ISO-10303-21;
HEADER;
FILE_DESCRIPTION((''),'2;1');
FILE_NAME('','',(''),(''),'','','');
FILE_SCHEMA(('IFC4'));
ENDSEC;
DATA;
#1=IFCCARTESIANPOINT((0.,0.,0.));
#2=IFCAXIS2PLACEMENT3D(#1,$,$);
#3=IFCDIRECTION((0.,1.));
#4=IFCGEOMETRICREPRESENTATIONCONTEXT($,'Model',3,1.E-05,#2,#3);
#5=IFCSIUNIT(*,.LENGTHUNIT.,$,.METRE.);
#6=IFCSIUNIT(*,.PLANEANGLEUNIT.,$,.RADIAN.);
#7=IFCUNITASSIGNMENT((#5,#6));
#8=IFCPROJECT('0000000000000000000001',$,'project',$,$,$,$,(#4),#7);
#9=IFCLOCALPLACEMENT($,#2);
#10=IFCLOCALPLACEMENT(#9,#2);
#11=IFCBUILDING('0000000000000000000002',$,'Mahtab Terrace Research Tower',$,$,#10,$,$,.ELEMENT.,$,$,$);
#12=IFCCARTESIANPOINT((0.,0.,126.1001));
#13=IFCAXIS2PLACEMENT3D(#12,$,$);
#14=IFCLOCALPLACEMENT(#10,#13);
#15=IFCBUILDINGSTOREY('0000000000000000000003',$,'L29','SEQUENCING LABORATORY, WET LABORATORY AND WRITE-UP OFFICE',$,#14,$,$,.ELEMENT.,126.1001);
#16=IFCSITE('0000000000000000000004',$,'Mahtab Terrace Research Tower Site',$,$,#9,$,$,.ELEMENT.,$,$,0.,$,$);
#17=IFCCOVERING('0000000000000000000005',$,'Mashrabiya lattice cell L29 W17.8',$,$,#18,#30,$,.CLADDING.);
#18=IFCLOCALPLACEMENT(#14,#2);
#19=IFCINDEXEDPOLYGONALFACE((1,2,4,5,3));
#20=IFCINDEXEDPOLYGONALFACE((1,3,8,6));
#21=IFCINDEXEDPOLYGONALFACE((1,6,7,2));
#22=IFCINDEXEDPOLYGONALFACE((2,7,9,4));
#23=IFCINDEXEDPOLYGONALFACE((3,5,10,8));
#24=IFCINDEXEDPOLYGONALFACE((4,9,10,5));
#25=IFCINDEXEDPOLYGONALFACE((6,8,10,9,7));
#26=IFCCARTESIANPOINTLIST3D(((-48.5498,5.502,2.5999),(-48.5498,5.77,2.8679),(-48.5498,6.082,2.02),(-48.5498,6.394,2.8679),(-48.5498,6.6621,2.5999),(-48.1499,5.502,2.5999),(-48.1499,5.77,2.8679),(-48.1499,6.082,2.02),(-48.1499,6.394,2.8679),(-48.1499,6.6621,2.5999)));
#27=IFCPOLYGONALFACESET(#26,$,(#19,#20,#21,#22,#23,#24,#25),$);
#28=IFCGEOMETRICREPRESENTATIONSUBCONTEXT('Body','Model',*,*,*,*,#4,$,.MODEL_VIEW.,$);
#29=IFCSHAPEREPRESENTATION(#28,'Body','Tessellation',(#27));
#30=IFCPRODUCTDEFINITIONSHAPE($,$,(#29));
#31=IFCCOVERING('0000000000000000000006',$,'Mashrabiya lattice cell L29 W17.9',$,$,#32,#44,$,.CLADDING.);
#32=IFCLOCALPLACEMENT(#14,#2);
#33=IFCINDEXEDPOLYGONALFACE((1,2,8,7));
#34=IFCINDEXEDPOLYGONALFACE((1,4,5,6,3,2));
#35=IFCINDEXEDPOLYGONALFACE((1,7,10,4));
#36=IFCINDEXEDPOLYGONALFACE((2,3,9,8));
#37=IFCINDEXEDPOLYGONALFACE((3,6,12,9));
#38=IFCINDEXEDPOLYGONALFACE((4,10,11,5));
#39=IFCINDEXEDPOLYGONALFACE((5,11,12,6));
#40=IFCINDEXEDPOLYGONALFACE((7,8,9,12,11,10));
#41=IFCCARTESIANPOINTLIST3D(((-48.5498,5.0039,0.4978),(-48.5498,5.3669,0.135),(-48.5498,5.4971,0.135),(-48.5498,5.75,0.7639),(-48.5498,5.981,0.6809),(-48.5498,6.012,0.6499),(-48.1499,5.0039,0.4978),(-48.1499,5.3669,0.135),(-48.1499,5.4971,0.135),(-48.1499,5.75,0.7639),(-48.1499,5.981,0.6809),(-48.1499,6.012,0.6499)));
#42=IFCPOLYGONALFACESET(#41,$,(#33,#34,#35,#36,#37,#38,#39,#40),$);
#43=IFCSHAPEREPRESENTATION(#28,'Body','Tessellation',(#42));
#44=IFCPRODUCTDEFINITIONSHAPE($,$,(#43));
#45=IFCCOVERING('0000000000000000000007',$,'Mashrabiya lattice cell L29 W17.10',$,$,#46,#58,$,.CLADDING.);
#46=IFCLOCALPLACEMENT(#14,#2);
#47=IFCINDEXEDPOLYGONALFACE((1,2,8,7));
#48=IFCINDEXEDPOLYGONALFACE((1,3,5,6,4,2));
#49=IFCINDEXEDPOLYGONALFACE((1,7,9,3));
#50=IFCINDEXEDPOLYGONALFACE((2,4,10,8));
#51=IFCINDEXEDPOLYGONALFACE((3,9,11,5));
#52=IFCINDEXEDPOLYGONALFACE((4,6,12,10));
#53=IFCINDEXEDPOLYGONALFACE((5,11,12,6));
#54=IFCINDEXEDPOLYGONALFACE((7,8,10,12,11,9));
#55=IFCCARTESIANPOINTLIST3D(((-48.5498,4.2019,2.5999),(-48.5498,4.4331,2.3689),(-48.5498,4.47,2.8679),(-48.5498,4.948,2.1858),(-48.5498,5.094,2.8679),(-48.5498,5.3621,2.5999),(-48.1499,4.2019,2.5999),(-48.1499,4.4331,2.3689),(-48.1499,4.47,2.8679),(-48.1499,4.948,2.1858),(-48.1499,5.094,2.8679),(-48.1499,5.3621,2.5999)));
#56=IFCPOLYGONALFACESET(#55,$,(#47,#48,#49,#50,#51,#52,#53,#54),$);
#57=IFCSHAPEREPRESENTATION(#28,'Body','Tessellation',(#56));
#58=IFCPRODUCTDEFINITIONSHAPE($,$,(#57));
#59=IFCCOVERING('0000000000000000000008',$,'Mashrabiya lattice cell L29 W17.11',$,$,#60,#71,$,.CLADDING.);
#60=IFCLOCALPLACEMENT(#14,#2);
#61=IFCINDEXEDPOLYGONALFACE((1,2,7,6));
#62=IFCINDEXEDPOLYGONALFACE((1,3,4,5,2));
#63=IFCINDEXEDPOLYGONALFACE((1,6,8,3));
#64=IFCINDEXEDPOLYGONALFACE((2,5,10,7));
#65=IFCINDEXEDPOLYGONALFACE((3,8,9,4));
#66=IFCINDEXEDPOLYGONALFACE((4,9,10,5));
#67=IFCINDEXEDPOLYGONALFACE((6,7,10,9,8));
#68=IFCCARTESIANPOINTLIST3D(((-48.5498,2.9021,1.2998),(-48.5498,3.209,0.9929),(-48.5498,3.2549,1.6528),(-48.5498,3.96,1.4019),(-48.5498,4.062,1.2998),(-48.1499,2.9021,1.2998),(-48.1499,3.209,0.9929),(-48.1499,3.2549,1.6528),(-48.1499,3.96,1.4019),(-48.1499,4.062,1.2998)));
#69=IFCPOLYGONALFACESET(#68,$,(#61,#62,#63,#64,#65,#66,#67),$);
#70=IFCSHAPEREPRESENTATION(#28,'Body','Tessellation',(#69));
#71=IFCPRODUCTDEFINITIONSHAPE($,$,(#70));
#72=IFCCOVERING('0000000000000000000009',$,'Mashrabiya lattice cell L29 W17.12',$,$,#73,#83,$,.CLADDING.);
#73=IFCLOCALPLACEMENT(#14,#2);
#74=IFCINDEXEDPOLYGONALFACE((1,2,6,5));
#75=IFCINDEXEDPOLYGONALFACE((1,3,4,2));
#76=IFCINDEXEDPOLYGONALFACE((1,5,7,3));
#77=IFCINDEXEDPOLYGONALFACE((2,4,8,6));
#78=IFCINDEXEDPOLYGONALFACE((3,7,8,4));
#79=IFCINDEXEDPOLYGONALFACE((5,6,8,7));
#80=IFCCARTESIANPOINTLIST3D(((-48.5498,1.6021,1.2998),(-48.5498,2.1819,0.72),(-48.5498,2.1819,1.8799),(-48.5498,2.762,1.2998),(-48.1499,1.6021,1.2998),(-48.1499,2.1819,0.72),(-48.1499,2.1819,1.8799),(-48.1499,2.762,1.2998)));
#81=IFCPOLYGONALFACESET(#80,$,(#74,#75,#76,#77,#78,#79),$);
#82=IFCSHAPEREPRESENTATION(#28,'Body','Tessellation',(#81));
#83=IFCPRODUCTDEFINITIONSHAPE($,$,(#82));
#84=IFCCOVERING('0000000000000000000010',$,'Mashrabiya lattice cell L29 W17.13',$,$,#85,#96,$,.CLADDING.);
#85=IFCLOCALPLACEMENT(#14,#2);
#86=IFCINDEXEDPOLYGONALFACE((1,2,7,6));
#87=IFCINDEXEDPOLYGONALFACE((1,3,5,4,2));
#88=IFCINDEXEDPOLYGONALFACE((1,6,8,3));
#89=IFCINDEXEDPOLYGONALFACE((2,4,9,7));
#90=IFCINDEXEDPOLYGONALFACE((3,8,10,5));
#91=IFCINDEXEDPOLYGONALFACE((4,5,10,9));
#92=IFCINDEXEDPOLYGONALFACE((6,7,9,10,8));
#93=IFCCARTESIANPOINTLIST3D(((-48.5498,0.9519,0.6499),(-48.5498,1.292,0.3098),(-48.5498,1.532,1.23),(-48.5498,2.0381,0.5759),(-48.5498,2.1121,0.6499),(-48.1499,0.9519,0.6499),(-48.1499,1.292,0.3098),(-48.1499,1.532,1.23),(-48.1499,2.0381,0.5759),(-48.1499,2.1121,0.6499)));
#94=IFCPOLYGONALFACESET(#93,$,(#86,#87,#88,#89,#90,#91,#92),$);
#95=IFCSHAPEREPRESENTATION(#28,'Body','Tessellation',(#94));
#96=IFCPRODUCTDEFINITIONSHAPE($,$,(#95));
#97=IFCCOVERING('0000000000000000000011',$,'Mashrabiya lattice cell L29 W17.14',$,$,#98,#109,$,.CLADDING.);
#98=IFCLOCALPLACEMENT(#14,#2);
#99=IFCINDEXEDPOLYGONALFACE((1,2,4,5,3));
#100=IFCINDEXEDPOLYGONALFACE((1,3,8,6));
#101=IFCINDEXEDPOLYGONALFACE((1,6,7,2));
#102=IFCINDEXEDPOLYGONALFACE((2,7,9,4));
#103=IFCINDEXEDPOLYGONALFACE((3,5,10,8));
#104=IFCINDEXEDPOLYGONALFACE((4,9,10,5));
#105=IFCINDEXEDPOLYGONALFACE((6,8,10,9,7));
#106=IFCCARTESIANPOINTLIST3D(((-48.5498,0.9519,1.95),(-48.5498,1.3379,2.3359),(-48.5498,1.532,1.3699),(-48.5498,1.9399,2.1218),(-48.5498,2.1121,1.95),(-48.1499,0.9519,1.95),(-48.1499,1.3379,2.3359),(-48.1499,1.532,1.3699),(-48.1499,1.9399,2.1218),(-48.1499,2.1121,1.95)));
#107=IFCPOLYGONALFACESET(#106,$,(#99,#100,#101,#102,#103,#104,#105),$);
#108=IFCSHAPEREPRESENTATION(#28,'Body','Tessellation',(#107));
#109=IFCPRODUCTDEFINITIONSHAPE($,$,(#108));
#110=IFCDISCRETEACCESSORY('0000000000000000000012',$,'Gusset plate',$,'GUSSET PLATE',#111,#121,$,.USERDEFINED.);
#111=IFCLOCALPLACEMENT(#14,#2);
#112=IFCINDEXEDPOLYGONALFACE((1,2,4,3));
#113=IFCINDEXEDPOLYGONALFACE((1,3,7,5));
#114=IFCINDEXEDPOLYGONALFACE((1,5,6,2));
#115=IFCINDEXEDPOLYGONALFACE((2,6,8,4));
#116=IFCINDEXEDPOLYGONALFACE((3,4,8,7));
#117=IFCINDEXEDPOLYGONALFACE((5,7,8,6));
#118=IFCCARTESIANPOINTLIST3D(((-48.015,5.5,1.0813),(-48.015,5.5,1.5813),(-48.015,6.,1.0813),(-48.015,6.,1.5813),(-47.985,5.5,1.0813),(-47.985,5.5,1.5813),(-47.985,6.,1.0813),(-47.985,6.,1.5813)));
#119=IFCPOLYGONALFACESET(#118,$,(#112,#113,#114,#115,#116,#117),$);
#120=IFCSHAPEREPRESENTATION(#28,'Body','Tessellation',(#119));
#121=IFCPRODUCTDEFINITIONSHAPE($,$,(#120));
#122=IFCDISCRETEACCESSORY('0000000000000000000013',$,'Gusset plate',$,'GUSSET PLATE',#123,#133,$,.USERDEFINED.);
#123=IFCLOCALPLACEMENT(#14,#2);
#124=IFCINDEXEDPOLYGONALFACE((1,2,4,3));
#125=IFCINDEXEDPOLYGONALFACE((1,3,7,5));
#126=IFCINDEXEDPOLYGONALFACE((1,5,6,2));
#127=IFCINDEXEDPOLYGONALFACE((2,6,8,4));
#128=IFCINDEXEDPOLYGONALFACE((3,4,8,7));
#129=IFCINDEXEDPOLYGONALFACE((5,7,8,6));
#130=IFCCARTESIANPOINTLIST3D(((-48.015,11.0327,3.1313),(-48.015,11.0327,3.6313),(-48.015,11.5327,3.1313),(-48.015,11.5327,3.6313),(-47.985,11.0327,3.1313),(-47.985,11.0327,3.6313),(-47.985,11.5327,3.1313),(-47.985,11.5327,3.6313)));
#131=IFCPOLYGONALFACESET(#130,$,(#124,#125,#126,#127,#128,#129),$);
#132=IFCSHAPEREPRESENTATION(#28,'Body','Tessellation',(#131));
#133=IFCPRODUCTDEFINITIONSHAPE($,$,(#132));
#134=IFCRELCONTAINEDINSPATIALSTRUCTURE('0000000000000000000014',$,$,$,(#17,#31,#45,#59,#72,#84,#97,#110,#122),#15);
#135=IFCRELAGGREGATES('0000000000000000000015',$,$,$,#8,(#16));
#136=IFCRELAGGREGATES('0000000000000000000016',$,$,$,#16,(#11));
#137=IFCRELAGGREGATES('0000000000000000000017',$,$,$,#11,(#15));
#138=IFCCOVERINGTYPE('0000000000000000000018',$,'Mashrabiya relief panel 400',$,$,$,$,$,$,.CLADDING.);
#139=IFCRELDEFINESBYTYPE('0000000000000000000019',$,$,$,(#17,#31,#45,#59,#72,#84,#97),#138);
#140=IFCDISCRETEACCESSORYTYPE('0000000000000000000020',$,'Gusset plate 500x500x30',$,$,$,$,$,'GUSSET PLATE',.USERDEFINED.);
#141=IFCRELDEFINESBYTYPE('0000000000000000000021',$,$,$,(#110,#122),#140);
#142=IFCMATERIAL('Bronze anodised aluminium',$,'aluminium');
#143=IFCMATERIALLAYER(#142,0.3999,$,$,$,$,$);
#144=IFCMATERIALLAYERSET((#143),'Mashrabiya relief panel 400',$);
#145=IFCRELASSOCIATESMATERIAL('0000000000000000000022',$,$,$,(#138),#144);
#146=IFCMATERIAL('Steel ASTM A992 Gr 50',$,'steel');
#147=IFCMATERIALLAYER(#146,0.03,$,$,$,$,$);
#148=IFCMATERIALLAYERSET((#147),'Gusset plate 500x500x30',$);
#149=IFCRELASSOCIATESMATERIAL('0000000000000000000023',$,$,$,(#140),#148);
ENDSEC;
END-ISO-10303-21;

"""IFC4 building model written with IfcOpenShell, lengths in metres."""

from ifc_helpers import new_model, si_unit, direction, frame, origin, origin_2d, place, context, subcontext, project, spatial, polyline, rectangle, outline, extrude, material, layer, layer_set, type_object, element, save


model = new_model("IFC4")

# Units and contexts
model_context = context("Model", 3, precision=1e-05, world=origin(), true_north=direction((0.0, 1.0)))
body_context = subcontext(model_context, "Body", "Model", "MODEL_VIEW")
ifc_project = project(units=[si_unit("LENGTHUNIT", "METRE"), si_unit("PLANEANGLEUNIT", "RADIAN")], contexts=[model_context])

# Site, building, storey
site_placement = place(None, origin())
site = spatial("IfcSite", under=ifc_project, at=site_placement, Name="Mahtab Terrace Research Tower Site", CompositionType="ELEMENT", RefElevation=0.0)
building_placement = place(site_placement, origin())
building = spatial("IfcBuilding", under=site, at=building_placement, Name="Mahtab Terrace Research Tower", CompositionType="ELEMENT")
storey_placement = place(building_placement, frame((0.0, 0.0, 126.1001)))
storey = spatial("IfcBuildingStorey", under=building, at=storey_placement, Name="L29", Description="SEQUENCING LABORATORY, WET LABORATORY AND WRITE-UP OFFICE", CompositionType="ELEMENT", Elevation=126.1001)

# Shared definitions
ifc_material_1 = material(Name="Steel ASTM A992 Gr 50", Category="steel")

# Coverings
ifc_material_2 = material(Name="Bronze anodised aluminium", Category="aluminium")
ifc_layer_1 = layer(ifc_material_2, 0.3999)
ifc_layer_set_1 = layer_set([ifc_layer_1], Name="Mashrabiya relief panel 400")
covering_type = type_object("IfcCoveringType", Name="Mashrabiya relief panel 400", PredefinedType="CLADDING", material=ifc_layer_set_1)
covering_1_placement = place(storey_placement, frame((-48.1499, 5.502, 2.5999), z_axis=(1.0, 0.0, 0.0), x_axis=(0.0, 0.707256, -0.706958)))
element("IfcCovering", 1, at=covering_1_placement, inside=storey, type_object=covering_type, Name="Mashrabiya lattice cell L29 W17.8", PredefinedType="CLADDING", context=body_context, shape_type="SweptSolid", body=[
    extrude(outline(polyline([(0.0, 0.0), (0.8202, 0.0), (0.8205, 0.8202), (0.4414, 0.8203), (0.0001, 0.3791), (0.0, 0.0)])), origin(), (0.0, 0.0, -1.0), 0.3999),
])
covering_2_placement = place(storey_placement, frame((-48.1499, 6.012, 0.6499), z_axis=(1.0, 0.0, 0.0), x_axis=(0.0, -0.707107, 0.707107)))
element("IfcCovering", 2, at=covering_2_placement, inside=storey, type_object=covering_type, Name="Mashrabiya lattice cell L29 W17.9", PredefinedType="CLADDING", context=body_context, shape_type="SweptSolid", body=[
    extrude(outline(polyline([(0.0, 0.0), (0.0438, 0.0), (0.2659, 0.1046), (0.6053, 0.8204), (0.092, 0.8202), (0.0, 0.7282), (0.0, 0.0)])), origin(), (0.0, 0.0, -1.0), 0.3999),
])
covering_3_placement = place(storey_placement, frame((-48.1499, 5.3621, 2.5999), z_axis=(1.0, 0.0, 0.0), x_axis=(0.0, -0.707107, 0.707107)))
element("IfcCovering", 3, at=covering_3_placement, inside=storey, type_object=covering_type, Name="Mashrabiya lattice cell L29 W17.10", PredefinedType="CLADDING", context=body_context, shape_type="SweptSolid", body=[
    extrude(outline(polyline([(0.0, 0.0), (0.3791, 0.0), (0.8204, 0.4413), (0.8204, 0.8204), (0.4936, 0.8202), (0.0, 0.5856), (0.0, 0.0)])), origin(), (0.0, 0.0, -1.0), 0.3999),
])
covering_4_placement = place(storey_placement, frame((-48.1499, 4.062, 1.2998), z_axis=(1.0, 0.0, 0.0), x_axis=(0.0, -0.707107, 0.707107)))
element("IfcCovering", 4, at=covering_4_placement, inside=storey, type_object=covering_type, Name="Mashrabiya lattice cell L29 W17.11", PredefinedType="CLADDING", context=body_context, shape_type="SweptSolid", body=[
    extrude(outline(polyline([(0.0, 0.0), (0.1443, 0.0), (0.8204, 0.3211), (0.8202, 0.8202), (0.3862, 0.8202), (0.0, 0.0)])), origin(), (0.0, 0.0, -1.0), 0.3999),
])
covering_5_placement = place(storey_placement, frame((-48.1499, 2.1819, 1.8799), z_axis=(1.0, 0.0, 0.0), x_axis=(0.0, -0.706958, -0.707256)))
element("IfcCovering", 5, at=covering_5_placement, inside=storey, type_object=covering_type, Name="Mashrabiya lattice cell L29 W17.12", PredefinedType="CLADDING", context=body_context, shape_type="SweptSolid", body=[
    extrude(outline(polyline([(0.0, 0.0), (0.8202, 0.0), (0.8204, 0.82), (0.0002, 0.8204), (0.0, 0.0)])), origin(), (0.0, 0.0, -1.0), 0.3999),
])
covering_6_placement = place(storey_placement, frame((-48.1499, 2.1121, 0.6499), z_axis=(1.0, 0.0, 0.0), x_axis=(0.0, -0.707107, 0.707107)))
element("IfcCovering", 6, at=covering_6_placement, inside=storey, type_object=covering_type, Name="Mashrabiya lattice cell L29 W17.13", PredefinedType="CLADDING", context=body_context, shape_type="SweptSolid", body=[
    extrude(outline(polyline([(0.0, 0.0), (0.8204, 0.0), (0.8204, 0.8204), (0.3394, 0.8204), (0.0, 0.1046), (0.0, 0.0)])), origin(), (0.0, 0.0, -1.0), 0.3999),
])
covering_7_placement = place(storey_placement, frame((-48.1499, 0.9519, 1.95), z_axis=(1.0, 0.0, 0.0), x_axis=(0.0, 0.707107, -0.707107)))
element("IfcCovering", 7, at=covering_7_placement, inside=storey, type_object=covering_type, Name="Mashrabiya lattice cell L29 W17.14", PredefinedType="CLADDING", context=body_context, shape_type="SweptSolid", body=[
    extrude(outline(polyline([(0.0, 0.0), (0.8204, 0.0), (0.8204, 0.8204), (0.5771, 0.8202), (0.0, 0.5459), (0.0, 0.0)])), origin(), (0.0, 0.0, -1.0), 0.3999),
])

# Discrete accessories
ifc_layer_2 = layer(ifc_material_1, 0.03)
ifc_layer_set_2 = layer_set([ifc_layer_2], Name="Gusset plate 500x500x30")
discrete_accessory_type = type_object("IfcDiscreteAccessoryType", Name="Gusset plate 500x500x30", ElementType="GUSSET PLATE", PredefinedType="USERDEFINED", material=ifc_layer_set_2)
for number, where, z_axis, x_axis, name in (
    (8, (-48.0, 5.75, 1.0813), (0.0, 0.0, 1.0), (0.0, 1.0, 0.0), "Gusset plate"),
    (9, (-48.0, 11.2827, 3.1313), (0.0, 0.0, 1.0), (0.0, 1.0, 0.0), "Gusset plate"),
):
    element("IfcDiscreteAccessory", number, at=place(storey_placement, frame(where, z_axis=z_axis, x_axis=x_axis)), inside=storey, type_object=discrete_accessory_type, Name=name, ObjectType="GUSSET PLATE", PredefinedType="USERDEFINED", context=body_context, shape_type="SweptSolid", body=[
        extrude(rectangle(XDim=0.5, YDim=0.03, at=origin_2d()), origin(), (0.0, 0.0, 1.0), 0.5),
    ])

save(model, "model.ifc")
